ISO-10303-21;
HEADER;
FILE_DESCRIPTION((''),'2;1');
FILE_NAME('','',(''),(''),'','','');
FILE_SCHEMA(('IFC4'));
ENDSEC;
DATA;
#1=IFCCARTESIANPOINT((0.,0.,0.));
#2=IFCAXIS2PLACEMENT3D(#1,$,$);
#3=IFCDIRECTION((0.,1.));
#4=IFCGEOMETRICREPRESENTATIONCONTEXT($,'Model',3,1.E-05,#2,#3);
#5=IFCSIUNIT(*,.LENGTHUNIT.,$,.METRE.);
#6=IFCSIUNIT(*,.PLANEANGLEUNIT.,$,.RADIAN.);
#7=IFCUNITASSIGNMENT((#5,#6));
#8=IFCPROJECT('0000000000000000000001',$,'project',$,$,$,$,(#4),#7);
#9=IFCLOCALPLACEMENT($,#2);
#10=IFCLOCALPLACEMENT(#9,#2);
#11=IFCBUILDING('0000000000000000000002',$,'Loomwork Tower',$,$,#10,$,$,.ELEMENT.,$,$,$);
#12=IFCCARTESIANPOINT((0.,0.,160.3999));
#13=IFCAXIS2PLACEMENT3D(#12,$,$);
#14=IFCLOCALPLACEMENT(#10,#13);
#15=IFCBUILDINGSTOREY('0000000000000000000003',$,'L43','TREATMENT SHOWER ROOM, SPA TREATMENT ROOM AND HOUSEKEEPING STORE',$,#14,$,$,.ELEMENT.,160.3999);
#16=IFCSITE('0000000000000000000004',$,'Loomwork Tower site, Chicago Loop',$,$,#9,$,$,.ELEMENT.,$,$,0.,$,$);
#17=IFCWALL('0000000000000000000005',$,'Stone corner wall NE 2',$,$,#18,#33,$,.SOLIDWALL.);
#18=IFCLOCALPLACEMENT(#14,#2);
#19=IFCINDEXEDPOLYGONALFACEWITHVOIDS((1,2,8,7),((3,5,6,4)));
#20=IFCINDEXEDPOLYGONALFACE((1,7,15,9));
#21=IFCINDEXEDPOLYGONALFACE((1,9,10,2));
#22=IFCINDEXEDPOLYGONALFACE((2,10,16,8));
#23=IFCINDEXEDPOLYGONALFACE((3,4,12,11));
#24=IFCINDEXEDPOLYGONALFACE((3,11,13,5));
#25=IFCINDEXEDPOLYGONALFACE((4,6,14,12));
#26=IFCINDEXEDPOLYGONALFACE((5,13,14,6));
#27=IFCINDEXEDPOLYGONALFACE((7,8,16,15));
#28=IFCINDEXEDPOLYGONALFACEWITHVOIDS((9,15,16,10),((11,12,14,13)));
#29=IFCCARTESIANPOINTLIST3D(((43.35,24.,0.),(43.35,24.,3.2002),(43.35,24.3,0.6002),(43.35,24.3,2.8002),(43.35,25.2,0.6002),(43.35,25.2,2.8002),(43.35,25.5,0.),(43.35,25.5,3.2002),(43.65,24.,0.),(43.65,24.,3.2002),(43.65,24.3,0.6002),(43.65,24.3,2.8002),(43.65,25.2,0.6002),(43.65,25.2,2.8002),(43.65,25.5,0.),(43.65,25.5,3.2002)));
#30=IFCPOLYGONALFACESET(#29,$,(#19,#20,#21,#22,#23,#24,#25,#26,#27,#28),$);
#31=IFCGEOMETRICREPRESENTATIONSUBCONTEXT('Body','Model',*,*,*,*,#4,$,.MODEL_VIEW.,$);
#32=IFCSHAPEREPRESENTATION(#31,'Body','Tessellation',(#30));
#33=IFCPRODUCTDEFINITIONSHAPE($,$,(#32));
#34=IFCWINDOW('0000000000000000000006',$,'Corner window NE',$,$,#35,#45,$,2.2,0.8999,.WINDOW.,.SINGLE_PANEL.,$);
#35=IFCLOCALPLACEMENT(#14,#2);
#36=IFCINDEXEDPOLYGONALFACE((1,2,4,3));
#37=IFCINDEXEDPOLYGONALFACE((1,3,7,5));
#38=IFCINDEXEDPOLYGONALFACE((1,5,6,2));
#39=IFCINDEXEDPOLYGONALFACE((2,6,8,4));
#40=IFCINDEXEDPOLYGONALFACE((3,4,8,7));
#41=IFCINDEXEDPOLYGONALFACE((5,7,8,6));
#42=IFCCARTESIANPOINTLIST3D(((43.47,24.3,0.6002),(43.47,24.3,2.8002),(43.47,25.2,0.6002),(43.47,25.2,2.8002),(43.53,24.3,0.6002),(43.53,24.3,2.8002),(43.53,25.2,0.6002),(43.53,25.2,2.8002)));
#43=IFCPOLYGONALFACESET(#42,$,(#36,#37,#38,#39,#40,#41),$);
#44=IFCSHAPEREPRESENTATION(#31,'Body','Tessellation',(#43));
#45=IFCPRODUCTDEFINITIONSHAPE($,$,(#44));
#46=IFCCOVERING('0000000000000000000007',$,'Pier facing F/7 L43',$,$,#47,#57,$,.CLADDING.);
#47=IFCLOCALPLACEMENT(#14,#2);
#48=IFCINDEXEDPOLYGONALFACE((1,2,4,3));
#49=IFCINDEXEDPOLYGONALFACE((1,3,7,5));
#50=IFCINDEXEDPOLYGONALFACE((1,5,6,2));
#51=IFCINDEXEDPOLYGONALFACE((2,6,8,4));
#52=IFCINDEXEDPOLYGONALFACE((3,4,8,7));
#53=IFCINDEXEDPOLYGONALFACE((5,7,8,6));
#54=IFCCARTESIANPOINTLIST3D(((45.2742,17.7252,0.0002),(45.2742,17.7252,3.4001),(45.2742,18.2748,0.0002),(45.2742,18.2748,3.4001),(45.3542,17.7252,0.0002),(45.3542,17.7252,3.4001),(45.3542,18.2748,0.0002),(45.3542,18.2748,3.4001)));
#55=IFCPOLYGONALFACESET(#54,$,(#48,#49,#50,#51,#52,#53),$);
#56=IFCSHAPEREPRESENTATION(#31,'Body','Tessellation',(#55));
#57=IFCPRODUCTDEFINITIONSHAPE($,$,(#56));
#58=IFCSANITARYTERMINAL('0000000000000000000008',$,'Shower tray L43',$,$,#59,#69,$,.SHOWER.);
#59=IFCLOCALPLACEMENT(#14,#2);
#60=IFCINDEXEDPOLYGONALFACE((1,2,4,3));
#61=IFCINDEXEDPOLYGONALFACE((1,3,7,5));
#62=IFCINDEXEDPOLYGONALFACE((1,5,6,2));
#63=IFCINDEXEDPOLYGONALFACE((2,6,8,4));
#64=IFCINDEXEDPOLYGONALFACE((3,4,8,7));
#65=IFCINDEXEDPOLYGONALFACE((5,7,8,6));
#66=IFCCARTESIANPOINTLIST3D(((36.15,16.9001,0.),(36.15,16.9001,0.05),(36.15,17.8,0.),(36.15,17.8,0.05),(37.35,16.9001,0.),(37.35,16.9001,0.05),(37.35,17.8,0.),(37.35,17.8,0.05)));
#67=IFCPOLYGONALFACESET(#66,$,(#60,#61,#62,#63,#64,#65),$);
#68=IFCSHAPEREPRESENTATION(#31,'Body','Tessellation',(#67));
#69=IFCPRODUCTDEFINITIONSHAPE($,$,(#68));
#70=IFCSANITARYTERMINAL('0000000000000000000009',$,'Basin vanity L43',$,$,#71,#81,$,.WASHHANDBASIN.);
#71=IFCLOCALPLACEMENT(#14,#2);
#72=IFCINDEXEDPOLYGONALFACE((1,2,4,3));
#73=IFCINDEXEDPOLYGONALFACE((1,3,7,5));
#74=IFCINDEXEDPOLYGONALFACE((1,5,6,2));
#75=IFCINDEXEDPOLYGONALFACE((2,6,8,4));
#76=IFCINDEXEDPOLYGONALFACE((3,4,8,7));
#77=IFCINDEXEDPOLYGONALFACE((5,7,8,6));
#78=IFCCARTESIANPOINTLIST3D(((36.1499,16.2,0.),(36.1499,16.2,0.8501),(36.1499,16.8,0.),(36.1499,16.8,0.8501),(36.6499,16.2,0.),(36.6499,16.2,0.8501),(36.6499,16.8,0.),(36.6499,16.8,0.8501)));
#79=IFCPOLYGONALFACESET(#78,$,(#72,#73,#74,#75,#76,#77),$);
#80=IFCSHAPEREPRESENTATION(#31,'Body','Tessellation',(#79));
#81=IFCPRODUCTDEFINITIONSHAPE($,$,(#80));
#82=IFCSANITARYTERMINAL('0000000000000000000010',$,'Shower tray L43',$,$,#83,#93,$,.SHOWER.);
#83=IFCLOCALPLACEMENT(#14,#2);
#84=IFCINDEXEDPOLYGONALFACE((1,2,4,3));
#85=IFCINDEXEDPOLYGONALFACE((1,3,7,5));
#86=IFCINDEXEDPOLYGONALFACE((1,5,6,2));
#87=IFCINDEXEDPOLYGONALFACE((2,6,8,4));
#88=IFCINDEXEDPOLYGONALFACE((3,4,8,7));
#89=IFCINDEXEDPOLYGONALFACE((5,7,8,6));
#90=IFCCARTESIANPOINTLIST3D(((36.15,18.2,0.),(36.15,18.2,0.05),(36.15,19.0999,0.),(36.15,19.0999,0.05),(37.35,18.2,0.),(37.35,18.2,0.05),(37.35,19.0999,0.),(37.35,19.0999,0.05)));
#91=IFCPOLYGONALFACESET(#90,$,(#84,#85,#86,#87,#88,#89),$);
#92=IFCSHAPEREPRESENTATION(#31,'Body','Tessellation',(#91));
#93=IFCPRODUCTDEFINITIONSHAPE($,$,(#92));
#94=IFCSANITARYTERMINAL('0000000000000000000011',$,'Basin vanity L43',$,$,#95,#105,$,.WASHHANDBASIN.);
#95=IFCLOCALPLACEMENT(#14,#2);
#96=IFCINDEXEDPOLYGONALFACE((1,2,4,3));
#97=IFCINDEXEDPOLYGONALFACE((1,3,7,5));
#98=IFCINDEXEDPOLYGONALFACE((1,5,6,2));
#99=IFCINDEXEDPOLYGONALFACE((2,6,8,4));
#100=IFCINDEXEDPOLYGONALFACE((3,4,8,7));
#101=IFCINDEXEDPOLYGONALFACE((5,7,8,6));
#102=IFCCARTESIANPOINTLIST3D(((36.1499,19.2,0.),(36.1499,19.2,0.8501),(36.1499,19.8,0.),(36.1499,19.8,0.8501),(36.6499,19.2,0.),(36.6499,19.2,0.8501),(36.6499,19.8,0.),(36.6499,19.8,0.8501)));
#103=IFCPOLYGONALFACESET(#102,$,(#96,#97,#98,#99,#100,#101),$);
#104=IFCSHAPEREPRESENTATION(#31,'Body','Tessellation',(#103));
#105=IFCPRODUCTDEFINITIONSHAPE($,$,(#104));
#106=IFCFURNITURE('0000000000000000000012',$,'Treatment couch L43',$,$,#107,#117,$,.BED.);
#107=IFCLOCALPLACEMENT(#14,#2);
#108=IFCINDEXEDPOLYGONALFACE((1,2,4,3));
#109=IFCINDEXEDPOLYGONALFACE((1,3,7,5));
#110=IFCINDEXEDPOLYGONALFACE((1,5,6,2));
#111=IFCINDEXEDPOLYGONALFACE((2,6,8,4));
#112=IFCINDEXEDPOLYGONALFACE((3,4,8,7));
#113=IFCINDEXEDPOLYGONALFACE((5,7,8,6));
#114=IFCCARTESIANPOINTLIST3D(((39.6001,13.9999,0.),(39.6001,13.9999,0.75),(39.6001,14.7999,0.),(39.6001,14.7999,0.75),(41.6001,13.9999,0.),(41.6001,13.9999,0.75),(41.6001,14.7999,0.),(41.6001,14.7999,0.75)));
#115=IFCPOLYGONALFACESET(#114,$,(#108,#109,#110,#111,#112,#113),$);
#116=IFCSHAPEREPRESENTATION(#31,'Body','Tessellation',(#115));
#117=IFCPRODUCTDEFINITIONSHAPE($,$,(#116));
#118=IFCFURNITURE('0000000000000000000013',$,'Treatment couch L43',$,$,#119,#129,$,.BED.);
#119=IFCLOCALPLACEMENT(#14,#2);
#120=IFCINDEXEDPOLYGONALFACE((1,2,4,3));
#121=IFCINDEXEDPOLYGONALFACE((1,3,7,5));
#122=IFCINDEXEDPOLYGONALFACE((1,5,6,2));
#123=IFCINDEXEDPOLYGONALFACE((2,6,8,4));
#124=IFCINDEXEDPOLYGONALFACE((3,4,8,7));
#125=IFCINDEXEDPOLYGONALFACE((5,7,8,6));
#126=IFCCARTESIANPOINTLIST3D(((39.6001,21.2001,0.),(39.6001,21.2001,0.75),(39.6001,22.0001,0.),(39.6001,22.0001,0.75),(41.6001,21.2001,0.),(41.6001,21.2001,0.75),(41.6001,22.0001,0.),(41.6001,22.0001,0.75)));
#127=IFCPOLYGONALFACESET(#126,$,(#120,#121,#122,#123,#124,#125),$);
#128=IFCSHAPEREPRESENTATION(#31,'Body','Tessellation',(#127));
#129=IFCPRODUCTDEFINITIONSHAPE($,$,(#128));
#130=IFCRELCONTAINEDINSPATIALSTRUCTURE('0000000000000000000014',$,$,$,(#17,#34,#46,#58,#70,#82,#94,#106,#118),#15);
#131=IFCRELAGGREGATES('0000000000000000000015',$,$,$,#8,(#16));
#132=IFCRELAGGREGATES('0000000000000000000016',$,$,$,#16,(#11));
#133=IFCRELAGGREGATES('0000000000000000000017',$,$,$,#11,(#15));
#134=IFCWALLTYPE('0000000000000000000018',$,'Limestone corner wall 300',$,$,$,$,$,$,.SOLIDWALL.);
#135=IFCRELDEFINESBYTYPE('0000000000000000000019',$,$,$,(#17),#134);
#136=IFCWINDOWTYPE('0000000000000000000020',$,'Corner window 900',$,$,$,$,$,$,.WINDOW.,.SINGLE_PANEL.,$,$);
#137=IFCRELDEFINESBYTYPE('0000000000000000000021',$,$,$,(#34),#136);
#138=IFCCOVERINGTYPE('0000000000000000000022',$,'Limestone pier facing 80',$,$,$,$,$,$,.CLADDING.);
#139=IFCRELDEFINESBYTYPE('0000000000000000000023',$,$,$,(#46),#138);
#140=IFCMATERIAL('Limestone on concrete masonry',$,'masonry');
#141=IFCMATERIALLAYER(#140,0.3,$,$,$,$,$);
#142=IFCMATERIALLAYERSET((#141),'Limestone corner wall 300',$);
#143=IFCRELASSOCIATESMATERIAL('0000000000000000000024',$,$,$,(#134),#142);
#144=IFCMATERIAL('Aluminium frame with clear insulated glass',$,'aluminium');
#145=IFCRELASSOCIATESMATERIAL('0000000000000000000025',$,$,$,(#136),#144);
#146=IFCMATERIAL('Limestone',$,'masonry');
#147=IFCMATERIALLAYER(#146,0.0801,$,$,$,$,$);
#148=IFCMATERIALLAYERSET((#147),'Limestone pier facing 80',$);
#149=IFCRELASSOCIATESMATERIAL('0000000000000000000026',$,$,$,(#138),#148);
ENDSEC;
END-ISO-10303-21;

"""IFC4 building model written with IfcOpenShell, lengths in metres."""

from ifc_helpers import new_model, si_unit, direction, frame, frame_2d, origin, origin_2d, place, context, subcontext, project, spatial, rectangle, extrude, material, layer, layer_set, type_object, element, fill, save


model = new_model("IFC4")

# Units and contexts
model_context = context("Model", 3, precision=1e-05, world=origin(), true_north=direction((0.0, 1.0)))
body_context = subcontext(model_context, "Body", "Model", "MODEL_VIEW")
ifc_project = project(units=[si_unit("LENGTHUNIT", "METRE"), si_unit("PLANEANGLEUNIT", "RADIAN")], contexts=[model_context])

# Site, building, storey
site_placement = place(None, origin())
site = spatial("IfcSite", under=ifc_project, at=site_placement, Name="Loomwork Tower site, Chicago Loop", CompositionType="ELEMENT", RefElevation=0.0)
building_placement = place(site_placement, origin())
building = spatial("IfcBuilding", under=site, at=building_placement, Name="Loomwork Tower", CompositionType="ELEMENT")
storey_placement = place(building_placement, frame((0.0, 0.0, 160.3999)))
storey = spatial("IfcBuildingStorey", under=building, at=storey_placement, Name="L43", Description="TREATMENT SHOWER ROOM, SPA TREATMENT ROOM AND HOUSEKEEPING STORE", CompositionType="ELEMENT", Elevation=160.3999)

# Shared definitions
ifc_material_1 = material(Name="Limestone on concrete masonry", Category="masonry")
ifc_layer_1 = layer(ifc_material_1, 0.3)
ifc_layer_set_1 = layer_set([ifc_layer_1], Name="Limestone corner wall 300")
wall_type_1 = type_object("IfcWallType", Name="Limestone corner wall 300", PredefinedType="SOLIDWALL", material=ifc_layer_set_1)

# Wall, opening, window
wall_1_placement = place(storey_placement, frame((43.5, 24.0, 0.0), z_axis=(0.0, 0.0, 1.0), x_axis=(0.0, 1.0, 0.0)))
wall_1 = element("IfcWall", 1, at=wall_1_placement, inside=storey, type_object=wall_type_1, Name="Stone corner wall NE 2", PredefinedType="SOLIDWALL", context=body_context, shape_type="SweptSolid", body=[
    extrude(rectangle(XDim=1.5, YDim=0.3, at=frame_2d((0.75, 0.0))), origin(), (0.0, 0.0, 1.0), 3.2002),
])
opening_1_placement = place(wall_1_placement, frame((0.3, 0.0, 0.6001)))
opening_1 = element("IfcOpeningElement", 2, at=opening_1_placement, cuts=wall_1, PredefinedType="OPENING", context=body_context, shape_type="SweptSolid", body=[
    extrude(rectangle(XDim=0.8999, YDim=2.2, at=frame_2d((0.45, 1.1001))), frame((0.0, 0.1599, 0.0), z_axis=(0.0, -1.0, 0.0), x_axis=(1.0, 0.0, 0.0)), (0.0, 0.0, 1.0), 0.3201),
])
ifc_material_2 = material(Name="Aluminium frame with clear insulated glass", Category="aluminium")
window_type_1 = type_object("IfcWindowType", Name="Corner window 900", PartitioningType="SINGLE_PANEL", PredefinedType="WINDOW", material=ifc_material_2)
window_1_placement = place(opening_1_placement, origin())
window_1 = element("IfcWindow", 3, at=window_1_placement, inside=storey, type_object=window_type_1, Name="Corner window NE", OverallHeight=2.2, OverallWidth=0.8999, PartitioningType="SINGLE_PANEL", PredefinedType="WINDOW", context=body_context, shape_type="SweptSolid", body=[
    extrude(rectangle(XDim=0.8999, YDim=2.2, at=frame_2d((0.45, 1.1001))), frame((0.0, 0.03, 0.0), z_axis=(0.0, -1.0, 0.0), x_axis=(1.0, 0.0, 0.0)), (0.0, 0.0, 1.0), 0.0601),
])
fill(opening_1, window_1)

# Covering
ifc_material_3 = material(Name="Limestone", Category="masonry")
ifc_layer_2 = layer(ifc_material_3, 0.0801)
ifc_layer_set_2 = layer_set([ifc_layer_2], Name="Limestone pier facing 80")
covering_type = type_object("IfcCoveringType", Name="Limestone pier facing 80", PredefinedType="CLADDING", material=ifc_layer_set_2)
covering_placement = place(storey_placement, frame((45.3142, 18.0, 0.0002), z_axis=(0.0, 0.0, 1.0), x_axis=(1.0, 0.0, 0.0)))
element("IfcCovering", 4, at=covering_placement, inside=storey, type_object=covering_type, Name="Pier facing F/7 L43", PredefinedType="CLADDING", context=body_context, shape_type="SweptSolid", body=[
    extrude(rectangle(XDim=0.0801, YDim=0.5496, at=origin_2d()), origin(), (0.0, 0.0, 1.0), 3.3999),
])

# Sanitary terminals
sanitary_terminal_1_placement = place(storey_placement, frame((36.75, 17.3501, 0.0), z_axis=(0.0, 0.0, 1.0), x_axis=(1.0, 0.0, 0.0)))
element("IfcSanitaryTerminal", 5, at=sanitary_terminal_1_placement, inside=storey, Name="Shower tray L43", PredefinedType="SHOWER", context=body_context, shape_type="SweptSolid", body=[
    extrude(rectangle(XDim=1.2, YDim=0.8999, at=origin_2d()), origin(), (0.0, 0.0, 1.0), 0.05),
])
sanitary_terminal_2_placement = place(storey_placement, frame((36.3999, 16.5, 0.0), z_axis=(0.0, 0.0, 1.0), x_axis=(1.0, 0.0, 0.0)))
element("IfcSanitaryTerminal", 6, at=sanitary_terminal_2_placement, inside=storey, Name="Basin vanity L43", PredefinedType="WASHHANDBASIN", context=body_context, shape_type="SweptSolid", body=[
    extrude(rectangle(XDim=0.5, YDim=0.6001, at=origin_2d()), origin(), (0.0, 0.0, 1.0), 0.8501),
])
sanitary_terminal_3_placement = place(storey_placement, frame((36.75, 18.6499, 0.0), z_axis=(0.0, 0.0, 1.0), x_axis=(1.0, 0.0, 0.0)))
element("IfcSanitaryTerminal", 7, at=sanitary_terminal_3_placement, inside=storey, Name="Shower tray L43", PredefinedType="SHOWER", context=body_context, shape_type="SweptSolid", body=[
    extrude(rectangle(XDim=1.2, YDim=0.8999, at=origin_2d()), origin(), (0.0, 0.0, 1.0), 0.05),
])
sanitary_terminal_4_placement = place(storey_placement, frame((36.3999, 19.5, 0.0), z_axis=(0.0, 0.0, 1.0), x_axis=(1.0, 0.0, 0.0)))
element("IfcSanitaryTerminal", 8, at=sanitary_terminal_4_placement, inside=storey, Name="Basin vanity L43", PredefinedType="WASHHANDBASIN", context=body_context, shape_type="SweptSolid", body=[
    extrude(rectangle(XDim=0.5, YDim=0.6001, at=origin_2d()), origin(), (0.0, 0.0, 1.0), 0.8501),
])

# Furniture
for number, where, z_axis, x_axis, name in (
    (9, (40.6001, 14.3999, 0.0), (0.0, 0.0, 1.0), (1.0, 0.0, 0.0), "Treatment couch L43"),
    (10, (40.6001, 21.6001, 0.0), (0.0, 0.0, 1.0), (1.0, 0.0, 0.0), "Treatment couch L43"),
):
    element("IfcFurniture", number, at=place(storey_placement, frame(where, z_axis=z_axis, x_axis=x_axis)), inside=storey, Name=name, PredefinedType="BED", context=body_context, shape_type="SweptSolid", body=[
        extrude(rectangle(XDim=2.0, YDim=0.8, at=origin_2d()), origin(), (0.0, 0.0, 1.0), 0.75),
    ])

save(model, "model.ifc")
